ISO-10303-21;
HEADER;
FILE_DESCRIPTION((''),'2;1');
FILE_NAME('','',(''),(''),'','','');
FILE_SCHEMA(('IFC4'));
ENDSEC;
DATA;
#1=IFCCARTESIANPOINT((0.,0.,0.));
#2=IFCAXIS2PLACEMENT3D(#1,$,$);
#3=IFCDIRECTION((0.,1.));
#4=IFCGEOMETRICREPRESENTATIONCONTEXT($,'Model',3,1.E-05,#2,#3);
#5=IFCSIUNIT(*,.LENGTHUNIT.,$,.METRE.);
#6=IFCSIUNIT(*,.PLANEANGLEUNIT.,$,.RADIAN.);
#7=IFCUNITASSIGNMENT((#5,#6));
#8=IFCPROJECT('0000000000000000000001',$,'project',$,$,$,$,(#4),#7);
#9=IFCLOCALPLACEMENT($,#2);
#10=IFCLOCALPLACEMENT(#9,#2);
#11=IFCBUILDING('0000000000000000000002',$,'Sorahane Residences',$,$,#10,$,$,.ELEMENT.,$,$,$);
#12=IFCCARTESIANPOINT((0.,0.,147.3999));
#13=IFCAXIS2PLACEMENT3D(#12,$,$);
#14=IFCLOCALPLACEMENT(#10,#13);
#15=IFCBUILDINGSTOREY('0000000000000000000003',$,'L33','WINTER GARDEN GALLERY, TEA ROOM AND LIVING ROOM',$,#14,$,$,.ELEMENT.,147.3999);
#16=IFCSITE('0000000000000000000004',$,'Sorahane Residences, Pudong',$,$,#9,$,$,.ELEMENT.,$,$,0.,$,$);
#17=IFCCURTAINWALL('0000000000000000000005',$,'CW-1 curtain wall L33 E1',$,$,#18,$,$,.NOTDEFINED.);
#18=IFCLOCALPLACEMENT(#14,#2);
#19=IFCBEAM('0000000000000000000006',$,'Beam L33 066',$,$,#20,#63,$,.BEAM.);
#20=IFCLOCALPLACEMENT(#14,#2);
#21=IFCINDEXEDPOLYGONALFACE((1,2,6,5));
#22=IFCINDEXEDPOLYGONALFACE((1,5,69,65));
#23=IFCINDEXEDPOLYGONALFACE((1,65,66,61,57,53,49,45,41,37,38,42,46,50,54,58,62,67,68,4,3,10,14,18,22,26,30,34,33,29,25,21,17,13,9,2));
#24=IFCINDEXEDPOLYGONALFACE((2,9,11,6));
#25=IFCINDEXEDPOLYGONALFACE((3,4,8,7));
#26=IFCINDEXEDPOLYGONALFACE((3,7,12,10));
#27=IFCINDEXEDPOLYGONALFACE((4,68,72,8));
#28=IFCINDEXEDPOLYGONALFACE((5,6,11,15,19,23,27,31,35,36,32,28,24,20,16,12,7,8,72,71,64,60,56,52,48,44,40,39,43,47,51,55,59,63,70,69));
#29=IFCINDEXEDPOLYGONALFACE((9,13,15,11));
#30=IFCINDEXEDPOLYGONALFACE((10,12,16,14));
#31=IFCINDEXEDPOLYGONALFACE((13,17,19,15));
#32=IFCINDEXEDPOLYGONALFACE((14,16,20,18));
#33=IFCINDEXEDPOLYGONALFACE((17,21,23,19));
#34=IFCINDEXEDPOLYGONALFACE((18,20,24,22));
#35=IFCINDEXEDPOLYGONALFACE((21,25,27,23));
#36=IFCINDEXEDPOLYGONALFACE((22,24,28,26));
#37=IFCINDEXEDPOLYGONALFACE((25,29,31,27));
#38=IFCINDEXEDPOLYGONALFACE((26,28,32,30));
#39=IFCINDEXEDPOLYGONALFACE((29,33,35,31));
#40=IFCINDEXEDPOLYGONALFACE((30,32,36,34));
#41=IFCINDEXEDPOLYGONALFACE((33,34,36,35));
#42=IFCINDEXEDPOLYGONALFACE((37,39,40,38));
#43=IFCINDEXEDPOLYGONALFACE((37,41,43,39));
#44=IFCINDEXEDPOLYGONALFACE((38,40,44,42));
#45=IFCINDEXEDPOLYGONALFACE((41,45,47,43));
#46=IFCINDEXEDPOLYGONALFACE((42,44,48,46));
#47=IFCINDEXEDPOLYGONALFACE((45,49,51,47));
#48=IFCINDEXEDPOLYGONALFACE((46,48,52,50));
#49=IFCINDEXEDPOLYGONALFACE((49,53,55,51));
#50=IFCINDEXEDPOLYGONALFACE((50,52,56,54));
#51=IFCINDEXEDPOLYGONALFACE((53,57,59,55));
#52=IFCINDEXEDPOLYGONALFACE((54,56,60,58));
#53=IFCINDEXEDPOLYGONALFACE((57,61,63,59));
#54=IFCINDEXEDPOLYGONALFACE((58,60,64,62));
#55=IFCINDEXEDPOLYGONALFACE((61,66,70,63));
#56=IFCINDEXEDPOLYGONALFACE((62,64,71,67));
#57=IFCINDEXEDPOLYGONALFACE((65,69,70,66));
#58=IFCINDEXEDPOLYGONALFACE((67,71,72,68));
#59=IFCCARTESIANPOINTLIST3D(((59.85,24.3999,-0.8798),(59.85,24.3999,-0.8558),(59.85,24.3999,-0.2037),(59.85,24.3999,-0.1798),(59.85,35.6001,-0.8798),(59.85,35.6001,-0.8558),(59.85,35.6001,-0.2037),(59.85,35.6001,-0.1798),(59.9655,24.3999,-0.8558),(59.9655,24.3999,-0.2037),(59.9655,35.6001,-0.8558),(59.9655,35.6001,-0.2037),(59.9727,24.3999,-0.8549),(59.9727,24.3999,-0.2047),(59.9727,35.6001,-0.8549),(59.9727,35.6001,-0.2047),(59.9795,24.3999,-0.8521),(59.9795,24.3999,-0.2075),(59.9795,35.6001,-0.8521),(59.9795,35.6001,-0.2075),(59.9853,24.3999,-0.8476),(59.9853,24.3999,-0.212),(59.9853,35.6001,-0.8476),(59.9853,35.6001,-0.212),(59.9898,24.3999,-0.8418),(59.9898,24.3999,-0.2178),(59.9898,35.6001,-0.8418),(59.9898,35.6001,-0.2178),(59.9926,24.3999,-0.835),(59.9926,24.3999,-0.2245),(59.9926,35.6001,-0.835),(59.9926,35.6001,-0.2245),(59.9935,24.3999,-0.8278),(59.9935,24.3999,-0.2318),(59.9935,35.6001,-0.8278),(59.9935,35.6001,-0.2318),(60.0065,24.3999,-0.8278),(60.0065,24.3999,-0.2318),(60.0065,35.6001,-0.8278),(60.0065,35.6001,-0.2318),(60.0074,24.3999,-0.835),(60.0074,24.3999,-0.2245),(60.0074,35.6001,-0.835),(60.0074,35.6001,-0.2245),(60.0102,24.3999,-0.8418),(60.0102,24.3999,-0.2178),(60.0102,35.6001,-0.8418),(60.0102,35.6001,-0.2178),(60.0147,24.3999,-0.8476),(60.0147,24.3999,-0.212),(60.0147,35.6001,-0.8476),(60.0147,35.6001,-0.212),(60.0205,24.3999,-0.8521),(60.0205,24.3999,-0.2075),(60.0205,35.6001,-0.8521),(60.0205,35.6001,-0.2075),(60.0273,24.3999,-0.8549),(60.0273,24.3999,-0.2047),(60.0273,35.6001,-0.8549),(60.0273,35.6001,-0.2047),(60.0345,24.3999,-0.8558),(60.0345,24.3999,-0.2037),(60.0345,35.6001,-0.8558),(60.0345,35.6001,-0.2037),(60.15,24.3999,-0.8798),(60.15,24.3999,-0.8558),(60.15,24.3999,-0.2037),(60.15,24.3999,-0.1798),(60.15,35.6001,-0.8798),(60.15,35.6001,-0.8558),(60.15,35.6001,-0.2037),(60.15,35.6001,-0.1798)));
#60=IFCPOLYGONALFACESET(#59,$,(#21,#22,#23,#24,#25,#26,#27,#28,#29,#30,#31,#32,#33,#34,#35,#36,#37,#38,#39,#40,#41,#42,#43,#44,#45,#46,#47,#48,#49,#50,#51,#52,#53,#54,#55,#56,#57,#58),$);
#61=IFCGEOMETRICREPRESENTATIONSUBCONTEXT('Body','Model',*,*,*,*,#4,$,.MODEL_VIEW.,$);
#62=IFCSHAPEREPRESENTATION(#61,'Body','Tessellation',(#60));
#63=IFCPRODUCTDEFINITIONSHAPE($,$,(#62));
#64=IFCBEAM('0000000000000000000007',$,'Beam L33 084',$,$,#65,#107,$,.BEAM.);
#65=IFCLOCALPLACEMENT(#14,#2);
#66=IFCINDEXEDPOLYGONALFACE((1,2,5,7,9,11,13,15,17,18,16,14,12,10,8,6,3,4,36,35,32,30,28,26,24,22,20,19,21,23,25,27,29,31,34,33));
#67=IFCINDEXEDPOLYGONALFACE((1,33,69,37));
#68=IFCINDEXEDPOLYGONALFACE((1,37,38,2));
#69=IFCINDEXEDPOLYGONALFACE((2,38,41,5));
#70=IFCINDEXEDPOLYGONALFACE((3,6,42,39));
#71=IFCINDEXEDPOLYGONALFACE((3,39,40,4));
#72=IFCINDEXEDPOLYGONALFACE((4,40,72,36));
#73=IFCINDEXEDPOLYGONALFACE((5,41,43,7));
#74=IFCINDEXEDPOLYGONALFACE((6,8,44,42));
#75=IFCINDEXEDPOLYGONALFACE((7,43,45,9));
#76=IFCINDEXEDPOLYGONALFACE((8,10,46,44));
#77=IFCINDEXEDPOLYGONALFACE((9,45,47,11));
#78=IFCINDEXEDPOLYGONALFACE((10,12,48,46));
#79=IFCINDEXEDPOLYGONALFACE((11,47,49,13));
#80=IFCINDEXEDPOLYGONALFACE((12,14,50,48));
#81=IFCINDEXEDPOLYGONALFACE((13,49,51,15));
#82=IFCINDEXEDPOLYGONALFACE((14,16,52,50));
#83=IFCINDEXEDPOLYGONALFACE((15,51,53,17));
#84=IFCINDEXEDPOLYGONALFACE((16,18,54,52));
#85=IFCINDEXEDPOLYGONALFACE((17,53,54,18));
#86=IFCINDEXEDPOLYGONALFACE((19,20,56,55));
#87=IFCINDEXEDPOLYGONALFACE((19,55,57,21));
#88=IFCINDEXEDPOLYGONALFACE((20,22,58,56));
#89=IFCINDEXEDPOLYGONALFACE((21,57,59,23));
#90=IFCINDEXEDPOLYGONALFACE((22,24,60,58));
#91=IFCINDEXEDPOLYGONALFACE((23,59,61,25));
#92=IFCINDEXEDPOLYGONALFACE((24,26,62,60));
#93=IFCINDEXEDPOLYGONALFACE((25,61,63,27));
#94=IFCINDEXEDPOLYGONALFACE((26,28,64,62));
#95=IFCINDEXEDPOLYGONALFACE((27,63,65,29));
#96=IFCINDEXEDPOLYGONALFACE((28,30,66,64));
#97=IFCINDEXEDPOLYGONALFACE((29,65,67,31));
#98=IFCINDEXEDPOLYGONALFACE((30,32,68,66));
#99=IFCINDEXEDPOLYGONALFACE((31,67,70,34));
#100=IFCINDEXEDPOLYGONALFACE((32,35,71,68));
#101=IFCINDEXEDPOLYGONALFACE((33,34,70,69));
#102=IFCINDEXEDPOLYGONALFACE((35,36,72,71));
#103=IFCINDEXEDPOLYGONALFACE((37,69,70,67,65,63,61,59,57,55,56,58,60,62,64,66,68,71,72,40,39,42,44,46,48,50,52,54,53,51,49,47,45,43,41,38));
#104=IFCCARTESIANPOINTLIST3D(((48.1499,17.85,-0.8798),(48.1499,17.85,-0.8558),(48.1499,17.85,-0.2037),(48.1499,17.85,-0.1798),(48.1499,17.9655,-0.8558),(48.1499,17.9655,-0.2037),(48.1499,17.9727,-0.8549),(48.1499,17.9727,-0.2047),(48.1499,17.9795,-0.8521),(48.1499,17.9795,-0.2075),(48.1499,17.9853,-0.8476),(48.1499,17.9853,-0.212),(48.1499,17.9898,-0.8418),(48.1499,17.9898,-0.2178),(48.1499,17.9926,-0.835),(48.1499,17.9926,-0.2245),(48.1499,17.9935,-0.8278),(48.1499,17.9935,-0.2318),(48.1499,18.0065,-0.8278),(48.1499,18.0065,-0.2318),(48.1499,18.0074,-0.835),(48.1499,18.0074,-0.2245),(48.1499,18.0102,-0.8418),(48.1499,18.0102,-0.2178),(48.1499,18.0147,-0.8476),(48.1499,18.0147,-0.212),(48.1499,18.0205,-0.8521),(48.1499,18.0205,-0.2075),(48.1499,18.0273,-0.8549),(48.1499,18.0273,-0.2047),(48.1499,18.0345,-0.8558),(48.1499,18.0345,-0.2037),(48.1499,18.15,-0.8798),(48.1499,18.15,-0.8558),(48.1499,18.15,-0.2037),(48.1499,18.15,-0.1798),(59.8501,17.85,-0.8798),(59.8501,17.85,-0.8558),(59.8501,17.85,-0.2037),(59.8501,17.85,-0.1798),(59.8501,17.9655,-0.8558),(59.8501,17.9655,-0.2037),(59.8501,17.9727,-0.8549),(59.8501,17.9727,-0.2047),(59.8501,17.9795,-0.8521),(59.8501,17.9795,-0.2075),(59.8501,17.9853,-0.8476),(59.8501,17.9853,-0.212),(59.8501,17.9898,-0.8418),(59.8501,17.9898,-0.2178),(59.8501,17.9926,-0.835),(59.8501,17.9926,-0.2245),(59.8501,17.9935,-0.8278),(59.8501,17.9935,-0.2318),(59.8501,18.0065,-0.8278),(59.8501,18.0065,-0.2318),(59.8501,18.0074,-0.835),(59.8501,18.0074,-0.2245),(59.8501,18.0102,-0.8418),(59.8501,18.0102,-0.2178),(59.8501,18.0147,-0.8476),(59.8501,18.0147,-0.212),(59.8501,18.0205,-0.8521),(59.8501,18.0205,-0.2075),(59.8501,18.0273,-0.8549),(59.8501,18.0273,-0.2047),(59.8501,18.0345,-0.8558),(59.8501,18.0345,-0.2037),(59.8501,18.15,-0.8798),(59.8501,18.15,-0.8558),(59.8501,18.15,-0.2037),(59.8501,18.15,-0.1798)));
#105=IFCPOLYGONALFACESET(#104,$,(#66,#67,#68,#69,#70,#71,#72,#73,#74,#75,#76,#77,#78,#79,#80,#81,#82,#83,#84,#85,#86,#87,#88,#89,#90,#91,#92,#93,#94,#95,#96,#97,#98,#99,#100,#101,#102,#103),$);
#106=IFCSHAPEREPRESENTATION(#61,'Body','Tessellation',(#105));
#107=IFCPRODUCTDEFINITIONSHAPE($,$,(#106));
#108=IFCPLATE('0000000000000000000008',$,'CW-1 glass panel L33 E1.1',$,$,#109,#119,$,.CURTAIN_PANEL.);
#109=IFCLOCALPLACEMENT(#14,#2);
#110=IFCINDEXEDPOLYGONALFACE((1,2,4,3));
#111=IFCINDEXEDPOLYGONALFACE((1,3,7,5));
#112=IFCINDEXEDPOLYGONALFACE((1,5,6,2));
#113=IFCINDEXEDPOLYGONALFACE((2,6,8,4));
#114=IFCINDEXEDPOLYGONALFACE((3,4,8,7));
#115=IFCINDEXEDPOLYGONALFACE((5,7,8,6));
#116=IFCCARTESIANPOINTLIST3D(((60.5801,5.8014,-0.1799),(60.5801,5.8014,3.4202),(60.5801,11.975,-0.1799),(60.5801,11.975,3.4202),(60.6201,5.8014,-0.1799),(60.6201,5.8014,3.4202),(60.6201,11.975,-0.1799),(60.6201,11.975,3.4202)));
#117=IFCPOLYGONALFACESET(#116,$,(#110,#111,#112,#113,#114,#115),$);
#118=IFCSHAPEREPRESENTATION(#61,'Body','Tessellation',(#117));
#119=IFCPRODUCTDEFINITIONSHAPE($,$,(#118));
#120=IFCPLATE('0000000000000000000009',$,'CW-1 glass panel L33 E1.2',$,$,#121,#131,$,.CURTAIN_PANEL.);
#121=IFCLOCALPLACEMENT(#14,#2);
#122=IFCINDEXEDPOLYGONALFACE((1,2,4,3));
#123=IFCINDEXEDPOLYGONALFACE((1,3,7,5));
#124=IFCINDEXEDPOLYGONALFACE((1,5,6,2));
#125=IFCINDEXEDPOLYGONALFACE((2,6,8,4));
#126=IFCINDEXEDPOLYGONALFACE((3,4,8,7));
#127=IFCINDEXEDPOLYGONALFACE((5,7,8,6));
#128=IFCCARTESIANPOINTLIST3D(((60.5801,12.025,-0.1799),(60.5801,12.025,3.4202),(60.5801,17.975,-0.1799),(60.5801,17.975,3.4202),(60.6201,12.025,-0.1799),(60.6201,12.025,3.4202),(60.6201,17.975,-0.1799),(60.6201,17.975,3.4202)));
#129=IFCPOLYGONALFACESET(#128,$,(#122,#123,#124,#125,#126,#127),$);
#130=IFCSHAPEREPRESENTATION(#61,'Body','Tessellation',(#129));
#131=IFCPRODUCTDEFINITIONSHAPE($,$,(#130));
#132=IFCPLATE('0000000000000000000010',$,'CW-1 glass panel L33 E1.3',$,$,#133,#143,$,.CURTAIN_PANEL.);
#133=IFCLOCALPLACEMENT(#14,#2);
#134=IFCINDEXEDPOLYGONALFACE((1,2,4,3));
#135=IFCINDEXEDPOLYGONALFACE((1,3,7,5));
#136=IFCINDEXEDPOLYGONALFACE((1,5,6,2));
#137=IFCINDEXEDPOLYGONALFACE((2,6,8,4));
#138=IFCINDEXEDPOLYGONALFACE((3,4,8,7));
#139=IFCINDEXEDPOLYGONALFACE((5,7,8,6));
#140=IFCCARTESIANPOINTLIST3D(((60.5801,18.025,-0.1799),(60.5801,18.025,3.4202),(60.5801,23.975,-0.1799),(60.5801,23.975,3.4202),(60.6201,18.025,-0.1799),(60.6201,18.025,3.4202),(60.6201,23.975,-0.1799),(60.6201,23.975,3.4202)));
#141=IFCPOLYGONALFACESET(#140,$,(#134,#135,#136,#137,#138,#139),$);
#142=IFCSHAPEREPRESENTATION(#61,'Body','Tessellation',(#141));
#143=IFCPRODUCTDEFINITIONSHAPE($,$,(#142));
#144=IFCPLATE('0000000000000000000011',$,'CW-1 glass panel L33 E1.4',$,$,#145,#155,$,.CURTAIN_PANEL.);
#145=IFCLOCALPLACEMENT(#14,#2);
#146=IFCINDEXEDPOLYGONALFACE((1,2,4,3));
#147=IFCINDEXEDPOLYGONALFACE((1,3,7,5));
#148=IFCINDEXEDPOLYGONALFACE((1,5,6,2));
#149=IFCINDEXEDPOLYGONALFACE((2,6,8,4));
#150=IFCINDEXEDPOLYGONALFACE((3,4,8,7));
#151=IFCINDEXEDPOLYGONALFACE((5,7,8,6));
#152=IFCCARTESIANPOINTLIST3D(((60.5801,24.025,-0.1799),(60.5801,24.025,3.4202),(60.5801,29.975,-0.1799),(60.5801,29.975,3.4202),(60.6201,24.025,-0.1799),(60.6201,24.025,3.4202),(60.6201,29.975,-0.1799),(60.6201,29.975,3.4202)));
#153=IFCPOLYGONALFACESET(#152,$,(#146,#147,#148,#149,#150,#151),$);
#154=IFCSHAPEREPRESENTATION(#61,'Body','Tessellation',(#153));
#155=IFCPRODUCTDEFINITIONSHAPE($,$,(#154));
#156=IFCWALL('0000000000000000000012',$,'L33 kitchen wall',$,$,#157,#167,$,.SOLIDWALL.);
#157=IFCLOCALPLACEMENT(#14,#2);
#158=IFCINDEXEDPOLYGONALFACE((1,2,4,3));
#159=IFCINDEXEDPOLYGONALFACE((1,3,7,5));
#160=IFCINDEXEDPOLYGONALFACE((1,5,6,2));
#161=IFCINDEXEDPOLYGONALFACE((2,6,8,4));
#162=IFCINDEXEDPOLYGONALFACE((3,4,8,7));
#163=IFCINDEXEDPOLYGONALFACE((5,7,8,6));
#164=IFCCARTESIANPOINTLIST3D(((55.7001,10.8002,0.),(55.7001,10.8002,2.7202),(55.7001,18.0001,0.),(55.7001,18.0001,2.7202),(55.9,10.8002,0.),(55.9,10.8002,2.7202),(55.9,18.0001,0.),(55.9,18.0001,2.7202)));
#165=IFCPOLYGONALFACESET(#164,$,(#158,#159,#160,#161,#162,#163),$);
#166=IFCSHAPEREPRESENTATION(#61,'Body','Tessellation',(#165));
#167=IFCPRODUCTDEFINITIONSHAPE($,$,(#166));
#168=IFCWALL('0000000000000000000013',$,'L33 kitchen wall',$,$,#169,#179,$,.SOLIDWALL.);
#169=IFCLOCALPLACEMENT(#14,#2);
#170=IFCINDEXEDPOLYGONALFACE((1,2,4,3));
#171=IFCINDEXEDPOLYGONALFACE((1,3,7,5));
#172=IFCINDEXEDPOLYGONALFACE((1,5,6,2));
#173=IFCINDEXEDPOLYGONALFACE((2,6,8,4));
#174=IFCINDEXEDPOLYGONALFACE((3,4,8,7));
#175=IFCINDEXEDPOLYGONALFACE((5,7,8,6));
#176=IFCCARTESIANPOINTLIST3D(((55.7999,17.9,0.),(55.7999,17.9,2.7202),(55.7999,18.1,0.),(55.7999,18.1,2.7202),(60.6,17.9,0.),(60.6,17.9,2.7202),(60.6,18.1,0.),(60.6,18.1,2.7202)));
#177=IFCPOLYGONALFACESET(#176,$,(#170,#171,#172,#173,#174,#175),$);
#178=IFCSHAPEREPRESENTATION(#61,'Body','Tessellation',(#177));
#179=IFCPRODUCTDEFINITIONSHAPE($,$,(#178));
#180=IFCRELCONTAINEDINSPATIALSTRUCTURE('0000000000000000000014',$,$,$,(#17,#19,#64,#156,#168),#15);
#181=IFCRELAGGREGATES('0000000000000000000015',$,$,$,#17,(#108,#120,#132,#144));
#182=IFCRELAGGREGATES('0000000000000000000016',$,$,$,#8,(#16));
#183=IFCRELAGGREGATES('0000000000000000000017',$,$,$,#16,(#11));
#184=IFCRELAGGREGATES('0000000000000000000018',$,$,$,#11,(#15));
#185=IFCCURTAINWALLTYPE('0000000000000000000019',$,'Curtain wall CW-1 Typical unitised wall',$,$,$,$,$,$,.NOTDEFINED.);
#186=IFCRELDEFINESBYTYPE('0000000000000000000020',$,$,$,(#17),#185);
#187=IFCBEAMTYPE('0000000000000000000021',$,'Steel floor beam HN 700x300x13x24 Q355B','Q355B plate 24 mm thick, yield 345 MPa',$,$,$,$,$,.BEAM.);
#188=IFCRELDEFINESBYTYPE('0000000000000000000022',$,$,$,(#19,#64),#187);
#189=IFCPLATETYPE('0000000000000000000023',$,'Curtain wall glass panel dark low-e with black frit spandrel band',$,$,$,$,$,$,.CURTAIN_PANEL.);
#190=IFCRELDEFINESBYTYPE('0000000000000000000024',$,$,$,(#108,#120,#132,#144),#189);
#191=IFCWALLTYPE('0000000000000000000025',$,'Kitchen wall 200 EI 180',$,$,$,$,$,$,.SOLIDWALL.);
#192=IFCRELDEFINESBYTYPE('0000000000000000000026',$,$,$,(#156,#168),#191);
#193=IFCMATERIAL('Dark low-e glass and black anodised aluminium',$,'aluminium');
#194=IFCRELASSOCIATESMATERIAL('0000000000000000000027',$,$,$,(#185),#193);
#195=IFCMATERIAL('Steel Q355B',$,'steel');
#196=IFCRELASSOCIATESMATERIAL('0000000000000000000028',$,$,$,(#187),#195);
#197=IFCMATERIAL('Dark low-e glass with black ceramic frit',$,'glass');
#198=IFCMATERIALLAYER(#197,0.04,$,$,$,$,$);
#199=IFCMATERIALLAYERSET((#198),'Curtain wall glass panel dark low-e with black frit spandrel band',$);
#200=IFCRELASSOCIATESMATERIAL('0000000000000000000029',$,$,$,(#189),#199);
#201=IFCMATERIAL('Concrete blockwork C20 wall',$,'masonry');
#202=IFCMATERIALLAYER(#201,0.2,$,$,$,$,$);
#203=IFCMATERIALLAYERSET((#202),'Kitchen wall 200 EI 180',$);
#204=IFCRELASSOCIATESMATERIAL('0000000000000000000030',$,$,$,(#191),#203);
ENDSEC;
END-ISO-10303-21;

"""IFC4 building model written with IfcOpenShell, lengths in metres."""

from ifc_helpers import new_model, si_unit, direction, frame, frame_2d, origin, origin_2d, place, context, subcontext, project, spatial, rectangle, i_section, extrude, material, layer, layer_set, material_profile, profile_set, type_object, element, aggregate, save


model = new_model("IFC4")

# Units and contexts
model_context = context("Model", 3, precision=1e-05, world=origin(), true_north=direction((0.0, 1.0)))
body_context = subcontext(model_context, "Body", "Model", "MODEL_VIEW")
ifc_project = project(units=[si_unit("LENGTHUNIT", "METRE"), si_unit("PLANEANGLEUNIT", "RADIAN")], contexts=[model_context])

# Site, building, storey
site_placement = place(None, origin())
site = spatial("IfcSite", under=ifc_project, at=site_placement, Name="Sorahane Residences, Pudong", CompositionType="ELEMENT", RefElevation=0.0)
building_placement = place(site_placement, origin())
building = spatial("IfcBuilding", under=site, at=building_placement, Name="Sorahane Residences", CompositionType="ELEMENT")
storey_placement = place(building_placement, frame((0.0, 0.0, 147.3999)))
storey = spatial("IfcBuildingStorey", under=building, at=storey_placement, Name="L33", Description="WINTER GARDEN GALLERY, TEA ROOM AND LIVING ROOM", CompositionType="ELEMENT", Elevation=147.3999)

# Curtain wall
ifc_material_1 = material(Name="Dark low-e glass and black anodised aluminium", Category="aluminium")
curtain_wall_type = type_object("IfcCurtainWallType", Name="Curtain wall CW-1 Typical unitised wall", PredefinedType="NOTDEFINED", material=ifc_material_1)
curtain_wall_placement = place(storey_placement, origin())
curtain_wall = element("IfcCurtainWall", 1, at=curtain_wall_placement, inside=storey, type_object=curtain_wall_type, Name="CW-1 curtain wall L33 E1", PredefinedType="NOTDEFINED")

# Beams
ifc_material_2 = material(Name="Steel Q355B", Category="steel")
ifc_material_profile_1 = material_profile(ifc_material_2, i_section(OverallWidth=0.3, OverallDepth=0.7, WebThickness=0.0129, FlangeThickness=0.0239, FilletRadius=0.0281, at=origin_2d()), Name="HN 700x300x13x24")
ifc_profile_set_1 = profile_set([ifc_material_profile_1], Name="Steel Q355B")
beam_type_1 = type_object("IfcBeamType", Name="Steel floor beam HN 700x300x13x24 Q355B", Description="Q355B plate 24 mm thick, yield 345 MPa", PredefinedType="BEAM", material=ifc_profile_set_1)
for number, where, z_axis, x_axis, name in (
    (2, (60.0, 24.3999, -0.5298), (0.0, 1.0, 0.0), (-1.0, 0.0, 0.0), "Beam L33 066"),
):
    element("IfcBeam", number, at=place(storey_placement, frame(where, z_axis=z_axis, x_axis=x_axis)), inside=storey, type_object=beam_type_1, Name=name, PredefinedType="BEAM", context=body_context, shape_type="SweptSolid", body=[
        extrude(i_section(OverallWidth=0.3, OverallDepth=0.7, WebThickness=0.0129, FlangeThickness=0.0239, FilletRadius=0.0281, at=origin_2d()), origin(), (0.0, 0.0, 1.0), 11.2002),
    ])
beam_1_placement = place(storey_placement, frame((48.1499, 18.0, -0.5298), z_axis=(1.0, 0.0, 0.0), x_axis=(0.0, 1.0, 0.0)))
element("IfcBeam", 3, at=beam_1_placement, inside=storey, type_object=beam_type_1, Name="Beam L33 084", PredefinedType="BEAM", context=body_context, shape_type="SweptSolid", body=[
    extrude(i_section(OverallWidth=0.3, OverallDepth=0.7, WebThickness=0.0129, FlangeThickness=0.0239, FilletRadius=0.0281, at=origin_2d()), origin(), (0.0, 0.0, 1.0), 11.7002),
])

# Plates
ifc_material_3 = material(Name="Dark low-e glass with black ceramic frit", Category="glass")
ifc_layer_1 = layer(ifc_material_3, 0.04)
ifc_layer_set_1 = layer_set([ifc_layer_1], Name="Curtain wall glass panel dark low-e with black frit spandrel band")
plate_type = type_object("IfcPlateType", Name="Curtain wall glass panel dark low-e with black frit spandrel band", PredefinedType="CURTAIN_PANEL", material=ifc_layer_set_1)
plate_1_placement = place(storey_placement, frame((60.6001, 8.8882, -0.1799), z_axis=(0.0, 0.0, 1.0), x_axis=(0.0, 1.0, 0.0)))
plate_1 = element("IfcPlate", 4, at=plate_1_placement, type_object=plate_type, Name="CW-1 glass panel L33 E1.1", PredefinedType="CURTAIN_PANEL", context=body_context, shape_type="SweptSolid", body=[
    extrude(rectangle(XDim=6.1736, YDim=0.04, at=origin_2d()), origin(), (0.0, 0.0, 1.0), 3.6001),
])
plate_2_placement = place(storey_placement, frame((60.6001, 15.0, -0.1799), z_axis=(0.0, 0.0, 1.0), x_axis=(0.0, 1.0, 0.0)))
plate_2 = element("IfcPlate", 5, at=plate_2_placement, type_object=plate_type, Name="CW-1 glass panel L33 E1.2", PredefinedType="CURTAIN_PANEL", context=body_context, shape_type="SweptSolid", body=[
    extrude(rectangle(XDim=5.95, YDim=0.04, at=origin_2d()), origin(), (0.0, 0.0, 1.0), 3.6001),
])
plate_3_placement = place(storey_placement, frame((60.6001, 21.0, -0.1799), z_axis=(0.0, 0.0, 1.0), x_axis=(0.0, 1.0, 0.0)))
plate_3 = element("IfcPlate", 6, at=plate_3_placement, type_object=plate_type, Name="CW-1 glass panel L33 E1.3", PredefinedType="CURTAIN_PANEL", context=body_context, shape_type="SweptSolid", body=[
    extrude(rectangle(XDim=5.95, YDim=0.04, at=origin_2d()), origin(), (0.0, 0.0, 1.0), 3.6001),
])
plate_4_placement = place(storey_placement, frame((60.6001, 27.0, -0.1799), z_axis=(0.0, 0.0, 1.0), x_axis=(0.0, 1.0, 0.0)))
plate_4 = element("IfcPlate", 7, at=plate_4_placement, type_object=plate_type, Name="CW-1 glass panel L33 E1.4", PredefinedType="CURTAIN_PANEL", context=body_context, shape_type="SweptSolid", body=[
    extrude(rectangle(XDim=5.95, YDim=0.04, at=origin_2d()), origin(), (0.0, 0.0, 1.0), 3.6001),
])
aggregate(curtain_wall, [plate_1, plate_2, plate_3, plate_4])

# Shared definitions
ifc_material_4 = material(Name="Concrete blockwork C20 wall", Category="masonry")
ifc_layer_2 = layer(ifc_material_4, 0.2)
ifc_layer_set_2 = layer_set([ifc_layer_2], Name="Kitchen wall 200 EI 180")
wall_type_1 = type_object("IfcWallType", Name="Kitchen wall 200 EI 180", PredefinedType="SOLIDWALL", material=ifc_layer_set_2)

# Wall
wall_1_placement = place(storey_placement, frame((55.8, 10.8, 0.0), z_axis=(0.0, 0.0, 1.0), x_axis=(0.0, 1.0, 0.0)))
element("IfcWall", 8, at=wall_1_placement, inside=storey, type_object=wall_type_1, Name="L33 kitchen wall", PredefinedType="SOLIDWALL", context=body_context, shape_type="SweptSolid", body=[
    extrude(rectangle(XDim=7.2, YDim=0.2, at=frame_2d((3.6001, 0.0))), origin(), (0.0, 0.0, 1.0), 2.7202),
])

# Wall
wall_2_placement = place(storey_placement, frame((55.8, 18.0, 0.0), z_axis=(0.0, 0.0, 1.0), x_axis=(1.0, 0.0, 0.0)))
element("IfcWall", 9, at=wall_2_placement, inside=storey, type_object=wall_type_1, Name="L33 kitchen wall", PredefinedType="SOLIDWALL", context=body_context, shape_type="SweptSolid", body=[
    extrude(rectangle(XDim=4.8, YDim=0.2, at=frame_2d((2.3999, 0.0))), origin(), (0.0, 0.0, 1.0), 2.7202),
])

save(model, "model.ifc")
